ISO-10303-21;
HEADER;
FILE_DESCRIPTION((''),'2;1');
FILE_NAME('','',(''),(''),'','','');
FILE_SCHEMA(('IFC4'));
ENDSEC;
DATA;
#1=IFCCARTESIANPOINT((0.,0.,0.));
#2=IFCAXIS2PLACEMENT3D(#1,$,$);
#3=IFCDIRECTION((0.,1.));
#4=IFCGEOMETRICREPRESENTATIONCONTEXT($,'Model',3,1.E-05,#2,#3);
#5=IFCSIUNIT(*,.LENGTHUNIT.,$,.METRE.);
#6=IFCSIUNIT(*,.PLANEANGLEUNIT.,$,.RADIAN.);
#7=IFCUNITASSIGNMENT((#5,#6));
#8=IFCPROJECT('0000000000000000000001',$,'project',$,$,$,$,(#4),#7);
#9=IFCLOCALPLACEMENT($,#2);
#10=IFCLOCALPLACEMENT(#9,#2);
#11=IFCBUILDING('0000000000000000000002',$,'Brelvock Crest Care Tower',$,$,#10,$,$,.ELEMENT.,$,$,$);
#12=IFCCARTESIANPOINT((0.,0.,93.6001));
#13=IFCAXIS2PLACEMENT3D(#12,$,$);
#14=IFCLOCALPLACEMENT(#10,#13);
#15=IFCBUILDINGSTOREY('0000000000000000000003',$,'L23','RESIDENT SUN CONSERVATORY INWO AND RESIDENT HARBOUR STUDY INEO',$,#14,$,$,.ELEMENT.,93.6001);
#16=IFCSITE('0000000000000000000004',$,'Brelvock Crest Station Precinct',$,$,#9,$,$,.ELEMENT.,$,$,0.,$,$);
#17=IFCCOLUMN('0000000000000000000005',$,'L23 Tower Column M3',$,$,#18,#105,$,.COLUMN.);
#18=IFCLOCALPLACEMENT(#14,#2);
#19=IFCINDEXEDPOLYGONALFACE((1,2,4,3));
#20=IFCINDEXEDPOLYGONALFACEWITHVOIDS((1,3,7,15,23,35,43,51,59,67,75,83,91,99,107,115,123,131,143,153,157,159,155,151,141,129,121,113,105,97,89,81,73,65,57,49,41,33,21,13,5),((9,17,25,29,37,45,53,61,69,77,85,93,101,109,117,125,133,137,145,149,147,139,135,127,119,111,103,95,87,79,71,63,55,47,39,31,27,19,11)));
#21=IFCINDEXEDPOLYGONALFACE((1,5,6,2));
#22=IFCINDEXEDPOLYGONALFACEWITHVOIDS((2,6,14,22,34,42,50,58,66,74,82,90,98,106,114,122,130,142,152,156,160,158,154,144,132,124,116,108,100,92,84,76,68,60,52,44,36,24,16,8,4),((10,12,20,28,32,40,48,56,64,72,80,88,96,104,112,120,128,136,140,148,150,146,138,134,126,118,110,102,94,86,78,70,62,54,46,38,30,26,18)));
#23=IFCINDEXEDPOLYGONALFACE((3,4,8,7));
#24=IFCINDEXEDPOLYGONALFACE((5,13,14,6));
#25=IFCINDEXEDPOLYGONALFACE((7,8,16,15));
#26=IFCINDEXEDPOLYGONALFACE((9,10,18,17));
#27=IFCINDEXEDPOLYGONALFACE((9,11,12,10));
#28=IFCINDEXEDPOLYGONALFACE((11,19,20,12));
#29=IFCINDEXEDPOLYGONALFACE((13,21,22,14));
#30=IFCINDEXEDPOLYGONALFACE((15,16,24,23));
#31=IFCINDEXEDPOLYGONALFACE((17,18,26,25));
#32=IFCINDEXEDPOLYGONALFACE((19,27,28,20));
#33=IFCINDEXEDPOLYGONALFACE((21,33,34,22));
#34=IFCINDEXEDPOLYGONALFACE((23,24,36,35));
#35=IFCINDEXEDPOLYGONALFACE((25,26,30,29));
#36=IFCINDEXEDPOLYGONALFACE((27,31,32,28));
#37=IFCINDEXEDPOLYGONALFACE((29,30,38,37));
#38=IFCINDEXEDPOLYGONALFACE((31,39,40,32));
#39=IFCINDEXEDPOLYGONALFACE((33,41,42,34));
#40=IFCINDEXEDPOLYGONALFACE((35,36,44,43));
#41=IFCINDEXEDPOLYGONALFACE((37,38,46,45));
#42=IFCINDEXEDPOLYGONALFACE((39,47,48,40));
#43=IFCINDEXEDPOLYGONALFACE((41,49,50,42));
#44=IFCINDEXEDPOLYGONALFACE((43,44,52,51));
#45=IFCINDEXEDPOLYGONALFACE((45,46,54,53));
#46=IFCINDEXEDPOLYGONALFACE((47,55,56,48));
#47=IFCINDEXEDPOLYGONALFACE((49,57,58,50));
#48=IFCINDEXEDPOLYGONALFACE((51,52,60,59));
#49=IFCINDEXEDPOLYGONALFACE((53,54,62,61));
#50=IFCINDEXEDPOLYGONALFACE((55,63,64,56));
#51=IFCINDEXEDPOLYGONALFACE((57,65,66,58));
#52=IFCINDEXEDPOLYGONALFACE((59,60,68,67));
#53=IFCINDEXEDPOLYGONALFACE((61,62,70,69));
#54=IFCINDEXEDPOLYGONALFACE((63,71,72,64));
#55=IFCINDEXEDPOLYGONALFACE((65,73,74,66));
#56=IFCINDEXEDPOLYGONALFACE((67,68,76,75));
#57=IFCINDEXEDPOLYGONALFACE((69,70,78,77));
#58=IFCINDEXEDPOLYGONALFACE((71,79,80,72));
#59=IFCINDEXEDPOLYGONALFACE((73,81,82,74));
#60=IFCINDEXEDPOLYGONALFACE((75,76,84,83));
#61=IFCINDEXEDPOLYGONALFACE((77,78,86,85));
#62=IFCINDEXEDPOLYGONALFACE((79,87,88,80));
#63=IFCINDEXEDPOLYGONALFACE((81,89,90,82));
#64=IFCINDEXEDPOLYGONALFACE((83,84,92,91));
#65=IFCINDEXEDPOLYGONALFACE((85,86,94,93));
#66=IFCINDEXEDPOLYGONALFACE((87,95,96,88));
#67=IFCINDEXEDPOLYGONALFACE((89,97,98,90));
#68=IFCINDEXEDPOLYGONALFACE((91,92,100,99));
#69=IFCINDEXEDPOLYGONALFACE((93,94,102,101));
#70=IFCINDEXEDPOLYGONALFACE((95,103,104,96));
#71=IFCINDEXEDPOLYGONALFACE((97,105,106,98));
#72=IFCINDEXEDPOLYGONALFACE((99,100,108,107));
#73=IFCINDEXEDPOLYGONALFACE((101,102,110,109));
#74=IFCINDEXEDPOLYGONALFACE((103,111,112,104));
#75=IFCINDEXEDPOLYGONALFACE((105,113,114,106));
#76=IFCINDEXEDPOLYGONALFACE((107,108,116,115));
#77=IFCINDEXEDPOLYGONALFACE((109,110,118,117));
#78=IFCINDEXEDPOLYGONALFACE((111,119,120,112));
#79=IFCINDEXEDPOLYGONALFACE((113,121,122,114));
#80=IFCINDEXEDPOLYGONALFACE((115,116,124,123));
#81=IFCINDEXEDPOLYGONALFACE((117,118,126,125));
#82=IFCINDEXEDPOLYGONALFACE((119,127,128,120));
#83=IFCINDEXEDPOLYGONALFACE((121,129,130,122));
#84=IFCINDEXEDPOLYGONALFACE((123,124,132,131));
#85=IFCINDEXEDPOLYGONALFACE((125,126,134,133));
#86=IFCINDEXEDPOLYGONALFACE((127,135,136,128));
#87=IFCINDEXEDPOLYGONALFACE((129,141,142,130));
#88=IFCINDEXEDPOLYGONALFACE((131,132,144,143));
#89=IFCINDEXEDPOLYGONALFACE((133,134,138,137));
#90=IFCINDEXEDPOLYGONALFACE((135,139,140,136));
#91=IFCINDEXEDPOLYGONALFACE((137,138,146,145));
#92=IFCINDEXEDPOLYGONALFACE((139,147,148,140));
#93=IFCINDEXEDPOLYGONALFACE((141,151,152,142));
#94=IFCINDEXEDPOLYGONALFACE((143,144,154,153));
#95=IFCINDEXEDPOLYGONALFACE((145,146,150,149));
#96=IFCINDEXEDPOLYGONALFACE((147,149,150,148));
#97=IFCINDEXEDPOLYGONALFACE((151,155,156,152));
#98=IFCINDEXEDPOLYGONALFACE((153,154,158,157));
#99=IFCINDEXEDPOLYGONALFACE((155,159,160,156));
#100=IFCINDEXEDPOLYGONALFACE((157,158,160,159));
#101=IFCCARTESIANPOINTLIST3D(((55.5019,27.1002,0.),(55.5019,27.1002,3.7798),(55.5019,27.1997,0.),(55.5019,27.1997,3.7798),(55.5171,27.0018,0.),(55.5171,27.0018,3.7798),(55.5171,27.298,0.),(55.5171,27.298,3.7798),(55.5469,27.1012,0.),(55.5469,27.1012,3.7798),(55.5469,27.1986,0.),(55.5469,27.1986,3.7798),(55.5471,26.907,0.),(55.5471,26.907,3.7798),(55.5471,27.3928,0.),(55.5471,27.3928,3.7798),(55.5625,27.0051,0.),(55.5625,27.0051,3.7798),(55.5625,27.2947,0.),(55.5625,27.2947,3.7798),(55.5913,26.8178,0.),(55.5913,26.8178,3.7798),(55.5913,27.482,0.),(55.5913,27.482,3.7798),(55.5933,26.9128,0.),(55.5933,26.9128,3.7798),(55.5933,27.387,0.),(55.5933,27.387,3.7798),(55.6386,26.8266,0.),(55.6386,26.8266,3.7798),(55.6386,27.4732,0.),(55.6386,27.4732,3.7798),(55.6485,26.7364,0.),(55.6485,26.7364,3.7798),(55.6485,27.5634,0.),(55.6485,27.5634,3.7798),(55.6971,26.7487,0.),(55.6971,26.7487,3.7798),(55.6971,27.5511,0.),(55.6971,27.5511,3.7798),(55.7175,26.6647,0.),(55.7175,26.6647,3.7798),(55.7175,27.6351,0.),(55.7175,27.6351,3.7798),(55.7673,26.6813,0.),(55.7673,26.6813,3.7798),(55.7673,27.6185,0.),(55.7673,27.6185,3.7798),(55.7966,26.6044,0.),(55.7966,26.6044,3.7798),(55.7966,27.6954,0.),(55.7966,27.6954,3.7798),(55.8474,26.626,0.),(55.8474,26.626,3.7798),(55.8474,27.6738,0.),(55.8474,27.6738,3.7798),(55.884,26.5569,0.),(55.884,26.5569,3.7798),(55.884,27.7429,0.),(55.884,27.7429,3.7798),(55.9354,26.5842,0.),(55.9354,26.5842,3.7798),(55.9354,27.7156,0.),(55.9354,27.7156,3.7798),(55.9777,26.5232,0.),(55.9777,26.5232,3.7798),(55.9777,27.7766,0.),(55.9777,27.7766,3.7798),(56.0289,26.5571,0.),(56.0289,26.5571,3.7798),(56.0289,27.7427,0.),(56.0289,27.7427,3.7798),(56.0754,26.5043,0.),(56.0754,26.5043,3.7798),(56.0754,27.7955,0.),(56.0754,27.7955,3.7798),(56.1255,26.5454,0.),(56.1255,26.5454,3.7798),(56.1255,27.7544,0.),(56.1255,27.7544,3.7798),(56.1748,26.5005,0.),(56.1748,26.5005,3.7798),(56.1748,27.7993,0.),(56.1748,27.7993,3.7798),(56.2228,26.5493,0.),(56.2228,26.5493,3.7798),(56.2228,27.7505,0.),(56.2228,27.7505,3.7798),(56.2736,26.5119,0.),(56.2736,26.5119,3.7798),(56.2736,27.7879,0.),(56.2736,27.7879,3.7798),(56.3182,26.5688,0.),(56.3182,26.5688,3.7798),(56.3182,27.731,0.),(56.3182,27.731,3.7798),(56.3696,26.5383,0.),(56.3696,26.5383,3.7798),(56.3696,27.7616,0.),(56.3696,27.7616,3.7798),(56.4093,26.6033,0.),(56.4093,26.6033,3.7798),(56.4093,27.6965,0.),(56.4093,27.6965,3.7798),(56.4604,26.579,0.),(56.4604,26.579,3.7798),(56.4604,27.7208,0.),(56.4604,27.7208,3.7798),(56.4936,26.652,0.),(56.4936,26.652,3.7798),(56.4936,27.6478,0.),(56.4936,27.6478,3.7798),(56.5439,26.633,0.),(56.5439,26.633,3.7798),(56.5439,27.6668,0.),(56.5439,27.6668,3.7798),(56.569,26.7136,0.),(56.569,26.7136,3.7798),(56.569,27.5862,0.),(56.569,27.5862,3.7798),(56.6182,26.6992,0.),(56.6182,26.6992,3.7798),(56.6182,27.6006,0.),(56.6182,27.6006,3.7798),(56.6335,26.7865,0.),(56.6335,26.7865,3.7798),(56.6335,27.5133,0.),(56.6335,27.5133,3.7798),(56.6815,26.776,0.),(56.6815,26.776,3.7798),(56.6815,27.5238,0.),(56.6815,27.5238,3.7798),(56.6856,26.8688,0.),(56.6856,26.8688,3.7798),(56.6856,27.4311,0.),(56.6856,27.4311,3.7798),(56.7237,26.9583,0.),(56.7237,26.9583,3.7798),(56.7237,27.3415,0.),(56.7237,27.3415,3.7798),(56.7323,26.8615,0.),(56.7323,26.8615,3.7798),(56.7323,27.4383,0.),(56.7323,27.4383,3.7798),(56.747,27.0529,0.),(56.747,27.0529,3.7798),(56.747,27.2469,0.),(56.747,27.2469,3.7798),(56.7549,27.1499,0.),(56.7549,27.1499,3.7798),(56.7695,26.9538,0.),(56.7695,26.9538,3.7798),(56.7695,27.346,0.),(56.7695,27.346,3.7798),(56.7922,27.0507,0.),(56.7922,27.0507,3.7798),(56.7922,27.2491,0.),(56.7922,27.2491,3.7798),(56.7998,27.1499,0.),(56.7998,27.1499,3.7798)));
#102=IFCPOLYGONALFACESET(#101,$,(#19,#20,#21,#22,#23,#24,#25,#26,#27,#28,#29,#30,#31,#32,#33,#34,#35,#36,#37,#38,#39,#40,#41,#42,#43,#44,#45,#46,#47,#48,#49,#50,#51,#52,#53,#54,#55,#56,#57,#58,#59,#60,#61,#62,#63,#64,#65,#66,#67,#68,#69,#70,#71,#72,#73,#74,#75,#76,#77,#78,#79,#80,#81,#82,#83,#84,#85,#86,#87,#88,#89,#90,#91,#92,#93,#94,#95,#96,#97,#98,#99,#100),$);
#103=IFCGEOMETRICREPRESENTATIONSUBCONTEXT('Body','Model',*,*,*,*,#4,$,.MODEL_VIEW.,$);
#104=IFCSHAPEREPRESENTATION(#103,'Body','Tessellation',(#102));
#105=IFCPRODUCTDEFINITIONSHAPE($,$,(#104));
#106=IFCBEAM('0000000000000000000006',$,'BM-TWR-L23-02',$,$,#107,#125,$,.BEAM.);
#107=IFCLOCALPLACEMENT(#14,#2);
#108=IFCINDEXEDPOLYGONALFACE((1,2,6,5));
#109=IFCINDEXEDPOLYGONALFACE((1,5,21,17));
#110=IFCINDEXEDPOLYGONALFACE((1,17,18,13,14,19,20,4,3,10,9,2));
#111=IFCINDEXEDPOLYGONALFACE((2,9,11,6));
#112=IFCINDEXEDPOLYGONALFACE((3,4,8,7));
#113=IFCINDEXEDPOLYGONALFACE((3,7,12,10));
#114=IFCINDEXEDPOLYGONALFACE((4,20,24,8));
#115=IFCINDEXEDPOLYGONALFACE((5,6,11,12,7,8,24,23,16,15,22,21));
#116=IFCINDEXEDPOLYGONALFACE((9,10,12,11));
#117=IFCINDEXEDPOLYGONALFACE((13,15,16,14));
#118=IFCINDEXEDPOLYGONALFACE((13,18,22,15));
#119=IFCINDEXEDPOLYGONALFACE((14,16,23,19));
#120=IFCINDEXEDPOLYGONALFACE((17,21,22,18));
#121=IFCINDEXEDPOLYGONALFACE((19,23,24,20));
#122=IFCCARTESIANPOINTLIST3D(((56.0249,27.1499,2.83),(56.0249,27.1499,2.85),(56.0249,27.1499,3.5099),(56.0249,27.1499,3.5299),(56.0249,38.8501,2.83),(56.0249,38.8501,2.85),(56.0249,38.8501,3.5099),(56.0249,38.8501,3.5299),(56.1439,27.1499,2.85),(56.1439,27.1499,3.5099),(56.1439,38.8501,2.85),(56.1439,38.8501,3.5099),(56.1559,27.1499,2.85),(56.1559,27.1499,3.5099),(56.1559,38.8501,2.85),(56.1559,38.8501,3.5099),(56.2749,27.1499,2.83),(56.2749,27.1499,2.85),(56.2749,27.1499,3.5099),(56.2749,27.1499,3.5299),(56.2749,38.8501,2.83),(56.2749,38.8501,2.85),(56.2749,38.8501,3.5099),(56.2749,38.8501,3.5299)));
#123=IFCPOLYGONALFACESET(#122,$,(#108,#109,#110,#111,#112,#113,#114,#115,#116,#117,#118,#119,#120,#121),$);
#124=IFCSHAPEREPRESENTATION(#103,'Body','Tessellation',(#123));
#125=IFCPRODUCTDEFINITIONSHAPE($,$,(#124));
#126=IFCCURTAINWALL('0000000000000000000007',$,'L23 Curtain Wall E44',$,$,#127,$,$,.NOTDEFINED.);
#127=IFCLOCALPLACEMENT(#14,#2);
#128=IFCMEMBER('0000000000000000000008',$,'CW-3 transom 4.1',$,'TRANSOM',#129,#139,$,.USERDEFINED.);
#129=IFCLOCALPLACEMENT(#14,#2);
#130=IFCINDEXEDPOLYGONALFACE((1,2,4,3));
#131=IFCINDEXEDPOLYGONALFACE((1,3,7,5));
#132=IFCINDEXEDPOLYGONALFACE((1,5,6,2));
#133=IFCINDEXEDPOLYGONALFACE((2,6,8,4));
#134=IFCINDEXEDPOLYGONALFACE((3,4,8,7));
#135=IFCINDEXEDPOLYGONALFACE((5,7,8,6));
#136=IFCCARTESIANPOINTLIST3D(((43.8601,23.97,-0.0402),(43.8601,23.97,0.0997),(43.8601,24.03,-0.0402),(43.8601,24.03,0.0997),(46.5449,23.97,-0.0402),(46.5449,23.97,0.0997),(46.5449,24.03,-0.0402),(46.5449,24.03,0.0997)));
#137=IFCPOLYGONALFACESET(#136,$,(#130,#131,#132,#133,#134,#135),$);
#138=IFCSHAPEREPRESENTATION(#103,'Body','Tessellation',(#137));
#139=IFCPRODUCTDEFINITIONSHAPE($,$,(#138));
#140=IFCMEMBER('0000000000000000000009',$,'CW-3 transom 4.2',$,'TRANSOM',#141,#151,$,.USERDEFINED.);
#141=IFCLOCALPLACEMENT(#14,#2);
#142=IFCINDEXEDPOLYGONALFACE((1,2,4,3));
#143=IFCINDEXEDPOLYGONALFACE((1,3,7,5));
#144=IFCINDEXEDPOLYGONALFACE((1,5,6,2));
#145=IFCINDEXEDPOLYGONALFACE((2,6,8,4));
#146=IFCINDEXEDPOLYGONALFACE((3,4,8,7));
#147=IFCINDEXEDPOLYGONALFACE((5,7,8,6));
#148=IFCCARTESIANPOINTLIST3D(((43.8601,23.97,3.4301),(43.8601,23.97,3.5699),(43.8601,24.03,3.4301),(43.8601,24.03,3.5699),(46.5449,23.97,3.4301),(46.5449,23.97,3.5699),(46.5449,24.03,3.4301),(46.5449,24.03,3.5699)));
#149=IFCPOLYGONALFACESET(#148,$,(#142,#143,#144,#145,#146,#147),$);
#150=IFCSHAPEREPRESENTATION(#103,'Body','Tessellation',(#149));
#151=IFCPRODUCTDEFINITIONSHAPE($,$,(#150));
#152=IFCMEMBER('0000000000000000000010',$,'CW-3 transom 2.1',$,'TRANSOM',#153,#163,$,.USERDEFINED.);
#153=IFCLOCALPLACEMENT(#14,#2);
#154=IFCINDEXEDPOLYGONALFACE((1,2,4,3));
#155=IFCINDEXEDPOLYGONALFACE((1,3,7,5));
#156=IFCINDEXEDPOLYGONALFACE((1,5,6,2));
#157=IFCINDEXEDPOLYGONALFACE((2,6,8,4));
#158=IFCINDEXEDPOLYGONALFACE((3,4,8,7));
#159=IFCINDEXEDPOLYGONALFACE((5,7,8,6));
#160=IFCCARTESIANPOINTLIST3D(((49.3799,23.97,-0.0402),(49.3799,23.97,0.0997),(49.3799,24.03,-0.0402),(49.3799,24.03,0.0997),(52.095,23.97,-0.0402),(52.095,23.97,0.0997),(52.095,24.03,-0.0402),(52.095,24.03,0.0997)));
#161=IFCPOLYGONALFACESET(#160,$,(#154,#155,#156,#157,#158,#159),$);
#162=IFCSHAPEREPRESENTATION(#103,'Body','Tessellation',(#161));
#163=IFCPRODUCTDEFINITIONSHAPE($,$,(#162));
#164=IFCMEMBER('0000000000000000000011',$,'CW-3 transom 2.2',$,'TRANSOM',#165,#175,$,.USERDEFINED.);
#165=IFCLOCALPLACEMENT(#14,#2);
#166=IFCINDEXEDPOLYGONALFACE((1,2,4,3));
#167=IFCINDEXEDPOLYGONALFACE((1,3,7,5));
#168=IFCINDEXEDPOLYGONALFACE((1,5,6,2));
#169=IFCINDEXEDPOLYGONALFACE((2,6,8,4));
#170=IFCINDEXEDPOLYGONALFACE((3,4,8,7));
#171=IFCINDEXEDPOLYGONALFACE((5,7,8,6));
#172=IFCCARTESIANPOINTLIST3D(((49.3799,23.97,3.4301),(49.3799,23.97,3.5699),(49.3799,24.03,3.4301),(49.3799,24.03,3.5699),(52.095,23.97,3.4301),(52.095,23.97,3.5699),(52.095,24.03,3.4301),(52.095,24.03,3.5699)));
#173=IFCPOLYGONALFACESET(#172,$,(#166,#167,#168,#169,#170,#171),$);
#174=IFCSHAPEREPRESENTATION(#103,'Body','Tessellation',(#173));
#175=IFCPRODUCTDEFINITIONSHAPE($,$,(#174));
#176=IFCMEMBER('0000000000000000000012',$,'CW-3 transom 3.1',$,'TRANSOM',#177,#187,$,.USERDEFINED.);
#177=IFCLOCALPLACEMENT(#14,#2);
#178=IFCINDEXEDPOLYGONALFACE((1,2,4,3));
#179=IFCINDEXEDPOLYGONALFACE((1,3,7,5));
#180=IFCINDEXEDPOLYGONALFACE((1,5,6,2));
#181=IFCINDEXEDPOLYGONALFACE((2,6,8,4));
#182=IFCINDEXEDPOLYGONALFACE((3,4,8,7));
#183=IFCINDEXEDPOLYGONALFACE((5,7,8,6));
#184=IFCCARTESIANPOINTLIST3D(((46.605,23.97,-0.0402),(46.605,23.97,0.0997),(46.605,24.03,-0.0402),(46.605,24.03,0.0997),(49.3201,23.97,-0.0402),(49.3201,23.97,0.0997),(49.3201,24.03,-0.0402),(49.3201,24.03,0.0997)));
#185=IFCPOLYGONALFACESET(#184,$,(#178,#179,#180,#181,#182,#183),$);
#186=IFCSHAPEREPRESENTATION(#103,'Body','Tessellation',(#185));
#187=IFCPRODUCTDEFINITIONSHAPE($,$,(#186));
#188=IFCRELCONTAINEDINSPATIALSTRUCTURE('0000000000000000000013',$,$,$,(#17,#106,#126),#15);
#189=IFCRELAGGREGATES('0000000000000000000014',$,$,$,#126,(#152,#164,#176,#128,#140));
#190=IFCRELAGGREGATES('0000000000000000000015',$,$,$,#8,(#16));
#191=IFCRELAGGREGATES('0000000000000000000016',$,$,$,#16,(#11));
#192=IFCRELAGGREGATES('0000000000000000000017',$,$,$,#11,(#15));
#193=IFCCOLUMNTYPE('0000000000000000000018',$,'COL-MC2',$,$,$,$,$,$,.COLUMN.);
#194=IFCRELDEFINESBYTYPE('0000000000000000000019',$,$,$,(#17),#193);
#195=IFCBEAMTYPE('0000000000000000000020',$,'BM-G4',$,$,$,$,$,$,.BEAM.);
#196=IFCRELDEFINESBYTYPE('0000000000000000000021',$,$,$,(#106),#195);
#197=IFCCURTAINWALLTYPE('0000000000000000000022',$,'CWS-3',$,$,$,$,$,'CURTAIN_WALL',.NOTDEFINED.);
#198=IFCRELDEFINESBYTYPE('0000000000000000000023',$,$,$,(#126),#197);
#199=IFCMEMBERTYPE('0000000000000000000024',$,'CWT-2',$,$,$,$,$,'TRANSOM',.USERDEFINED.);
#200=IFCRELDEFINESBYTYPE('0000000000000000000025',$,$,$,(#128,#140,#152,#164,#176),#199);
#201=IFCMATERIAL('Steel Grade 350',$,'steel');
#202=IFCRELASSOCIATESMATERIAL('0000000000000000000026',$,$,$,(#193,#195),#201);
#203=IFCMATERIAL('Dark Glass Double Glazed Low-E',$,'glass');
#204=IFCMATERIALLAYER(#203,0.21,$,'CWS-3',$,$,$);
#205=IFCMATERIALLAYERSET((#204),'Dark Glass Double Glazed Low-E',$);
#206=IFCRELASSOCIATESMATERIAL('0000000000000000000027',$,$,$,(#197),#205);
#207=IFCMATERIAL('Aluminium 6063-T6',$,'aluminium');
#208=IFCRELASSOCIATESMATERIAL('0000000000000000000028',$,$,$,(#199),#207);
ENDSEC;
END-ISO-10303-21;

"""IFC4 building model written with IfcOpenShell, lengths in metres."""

from ifc_helpers import new_model, si_unit, direction, frame, origin, origin_2d, place, context, subcontext, project, spatial, rectangle, hollow_circle, i_section, extrude, source, transform, mapped, material, layer, layer_set, material_profile, profile_set, type_object, element, aggregate, save


model = new_model("IFC4")

# Units and contexts
model_context = context("Model", 3, precision=1e-05, world=origin(), true_north=direction((0.0, 1.0)))
body_context = subcontext(model_context, "Body", "Model", "MODEL_VIEW")
ifc_project = project(units=[si_unit("LENGTHUNIT", "METRE"), si_unit("PLANEANGLEUNIT", "RADIAN")], contexts=[model_context])

# Site, building, storey
site_placement = place(None, origin())
site = spatial("IfcSite", under=ifc_project, at=site_placement, Name="Brelvock Crest Station Precinct", CompositionType="ELEMENT", RefElevation=0.0)
building_placement = place(site_placement, origin())
building = spatial("IfcBuilding", under=site, at=building_placement, Name="Brelvock Crest Care Tower", CompositionType="ELEMENT")
storey_placement = place(building_placement, frame((0.0, 0.0, 93.6001)))
storey = spatial("IfcBuildingStorey", under=building, at=storey_placement, Name="L23", Description="RESIDENT SUN CONSERVATORY INWO AND RESIDENT HARBOUR STUDY INEO", CompositionType="ELEMENT", Elevation=93.6001)

# Column
ifc_material_1 = material(Name="Steel Grade 350", Category="steel")
ifc_material_profile_1 = material_profile(ifc_material_1, hollow_circle(Radius=0.6499, WallThickness=0.0449, at=origin_2d()), Name="CFT1300x45")
ifc_profile_set_1 = profile_set([ifc_material_profile_1], Name="Steel Grade 350")
column_type = type_object("IfcColumnType", Name="COL-MC2", PredefinedType="COLUMN", material=ifc_profile_set_1)
shared_shape_1 = source(origin(), body_context, "Body", "SweptSolid", [
    extrude(hollow_circle(Radius=0.6499, WallThickness=0.0449, at=origin_2d()), origin(), (0.0, 0.0, 1.0), 3.7798),
])
column_placement = place(storey_placement, frame((56.1499, 27.1499, 0.0), z_axis=(0.0, 0.0, 1.0), x_axis=(1.0, 0.0, 0.0)))
element("IfcColumn", 1, at=column_placement, inside=storey, type_object=column_type, Name="L23 Tower Column M3", PredefinedType="COLUMN", context=body_context, shape_type="MappedRepresentation", body=[
    mapped(shared_shape_1, transform((0.0, 0.0, 0.0), x_axis=(1.0, 0.0, 0.0), y_axis=(0.0, 1.0, 0.0), z_axis=(0.0, 0.0, 1.0), scale=1.0)),
])

# Beam
ifc_material_profile_2 = material_profile(ifc_material_1, i_section(OverallWidth=0.25, OverallDepth=0.7, WebThickness=0.012, FlangeThickness=0.02, at=origin_2d()), Name="700WB150")
ifc_profile_set_2 = profile_set([ifc_material_profile_2], Name="Steel Grade 350")
beam_type = type_object("IfcBeamType", Name="BM-G4", PredefinedType="BEAM", material=ifc_profile_set_2)
shared_shape_2 = source(origin(), body_context, "Body", "SweptSolid", [
    extrude(i_section(OverallWidth=0.25, OverallDepth=0.7, WebThickness=0.012, FlangeThickness=0.02, at=origin_2d()), origin(), (0.0, 0.0, 1.0), 11.7002),
])
beam_placement = place(storey_placement, frame((56.1499, 27.1499, 3.1799), z_axis=(0.0, 1.0, 0.0), x_axis=(-1.0, 0.0, 0.0)))
element("IfcBeam", 2, at=beam_placement, inside=storey, type_object=beam_type, Name="BM-TWR-L23-02", PredefinedType="BEAM", context=body_context, shape_type="MappedRepresentation", body=[
    mapped(shared_shape_2, transform((0.0, 0.0, 0.0), x_axis=(1.0, 0.0, 0.0), y_axis=(0.0, 1.0, 0.0), z_axis=(0.0, 0.0, 1.0), scale=1.0)),
])

# Curtain wall, members
ifc_material_2 = material(Name="Dark Glass Double Glazed Low-E", Category="glass")
ifc_layer_1 = layer(ifc_material_2, 0.21, Name="CWS-3")
ifc_layer_set_1 = layer_set([ifc_layer_1], Name="Dark Glass Double Glazed Low-E")
curtain_wall_type = type_object("IfcCurtainWallType", Name="CWS-3", ElementType="CURTAIN_WALL", PredefinedType="NOTDEFINED", material=ifc_layer_set_1)
curtain_wall_placement = place(storey_placement, origin())
curtain_wall = element("IfcCurtainWall", 3, at=curtain_wall_placement, inside=storey, type_object=curtain_wall_type, Name="L23 Curtain Wall E44", PredefinedType="NOTDEFINED")
ifc_material_3 = material(Name="Aluminium 6063-T6", Category="aluminium")
ifc_material_profile_3 = material_profile(ifc_material_3, rectangle(XDim=0.0601, YDim=0.1399, at=origin_2d()), Name="ALU60x140")
ifc_profile_set_3 = profile_set([ifc_material_profile_3], Name="Aluminium 6063-T6")
member_type_1 = type_object("IfcMemberType", Name="CWT-2", ElementType="TRANSOM", PredefinedType="USERDEFINED", material=ifc_profile_set_3)
shared_shape_3 = source(origin(), body_context, "Body", "SweptSolid", [
    extrude(rectangle(XDim=0.0601, YDim=0.1399, at=origin_2d()), origin(), (0.0, 0.0, 1.0), 2.6848),
])
member_1_placement = place(storey_placement, frame((46.5449, 24.0, 0.0298), z_axis=(-1.0, 0.0, 0.0), x_axis=(0.0, -1.0, 0.0)))
member_1 = element("IfcMember", 4, at=member_1_placement, type_object=member_type_1, Name="CW-3 transom 4.1", ObjectType="TRANSOM", PredefinedType="USERDEFINED", context=body_context, shape_type="MappedRepresentation", body=[
    mapped(shared_shape_3, transform((0.0, 0.0, 0.0), x_axis=(1.0, 0.0, 0.0), y_axis=(0.0, 1.0, 0.0), z_axis=(0.0, 0.0, 1.0), scale=1.0)),
])
member_2_placement = place(storey_placement, frame((46.5449, 24.0, 3.5), z_axis=(-1.0, 0.0, 0.0), x_axis=(0.0, -1.0, 0.0)))
member_2 = element("IfcMember", 5, at=member_2_placement, type_object=member_type_1, Name="CW-3 transom 4.2", ObjectType="TRANSOM", PredefinedType="USERDEFINED", context=body_context, shape_type="MappedRepresentation", body=[
    mapped(shared_shape_3, transform((0.0, 0.0, 0.0), x_axis=(1.0, 0.0, 0.0), y_axis=(0.0, 1.0, 0.0), z_axis=(0.0, 0.0, 1.0), scale=1.0)),
])
shared_shape_4 = source(origin(), body_context, "Body", "SweptSolid", [
    extrude(rectangle(XDim=0.0601, YDim=0.1399, at=origin_2d()), origin(), (0.0, 0.0, 1.0), 2.7151),
])
member_3_placement = place(storey_placement, frame((52.095, 24.0, 0.0298), z_axis=(-1.0, 0.0, 0.0), x_axis=(0.0, -1.0, 0.0)))
member_3 = element("IfcMember", 6, at=member_3_placement, type_object=member_type_1, Name="CW-3 transom 2.1", ObjectType="TRANSOM", PredefinedType="USERDEFINED", context=body_context, shape_type="MappedRepresentation", body=[
    mapped(shared_shape_4, transform((0.0, 0.0, 0.0), x_axis=(1.0, 0.0, 0.0), y_axis=(0.0, 1.0, 0.0), z_axis=(0.0, 0.0, 1.0), scale=1.0)),
])
member_4_placement = place(storey_placement, frame((52.095, 24.0, 3.5), z_axis=(-1.0, 0.0, 0.0), x_axis=(0.0, -1.0, 0.0)))
member_4 = element("IfcMember", 7, at=member_4_placement, type_object=member_type_1, Name="CW-3 transom 2.2", ObjectType="TRANSOM", PredefinedType="USERDEFINED", context=body_context, shape_type="MappedRepresentation", body=[
    mapped(shared_shape_4, transform((0.0, 0.0, 0.0), x_axis=(1.0, 0.0, 0.0), y_axis=(0.0, 1.0, 0.0), z_axis=(0.0, 0.0, 1.0), scale=1.0)),
])
member_5_placement = place(storey_placement, frame((49.3201, 24.0, 0.0298), z_axis=(-1.0, 0.0, 0.0), x_axis=(0.0, -1.0, 0.0)))
member_5 = element("IfcMember", 8, at=member_5_placement, type_object=member_type_1, Name="CW-3 transom 3.1", ObjectType="TRANSOM", PredefinedType="USERDEFINED", context=body_context, shape_type="MappedRepresentation", body=[
    mapped(shared_shape_4, transform((0.0, 0.0, 0.0), x_axis=(1.0, 0.0, 0.0), y_axis=(0.0, 1.0, 0.0), z_axis=(0.0, 0.0, 1.0), scale=1.0)),
])
aggregate(curtain_wall, [member_3, member_4, member_5, member_1, member_2])

save(model, "model.ifc")
